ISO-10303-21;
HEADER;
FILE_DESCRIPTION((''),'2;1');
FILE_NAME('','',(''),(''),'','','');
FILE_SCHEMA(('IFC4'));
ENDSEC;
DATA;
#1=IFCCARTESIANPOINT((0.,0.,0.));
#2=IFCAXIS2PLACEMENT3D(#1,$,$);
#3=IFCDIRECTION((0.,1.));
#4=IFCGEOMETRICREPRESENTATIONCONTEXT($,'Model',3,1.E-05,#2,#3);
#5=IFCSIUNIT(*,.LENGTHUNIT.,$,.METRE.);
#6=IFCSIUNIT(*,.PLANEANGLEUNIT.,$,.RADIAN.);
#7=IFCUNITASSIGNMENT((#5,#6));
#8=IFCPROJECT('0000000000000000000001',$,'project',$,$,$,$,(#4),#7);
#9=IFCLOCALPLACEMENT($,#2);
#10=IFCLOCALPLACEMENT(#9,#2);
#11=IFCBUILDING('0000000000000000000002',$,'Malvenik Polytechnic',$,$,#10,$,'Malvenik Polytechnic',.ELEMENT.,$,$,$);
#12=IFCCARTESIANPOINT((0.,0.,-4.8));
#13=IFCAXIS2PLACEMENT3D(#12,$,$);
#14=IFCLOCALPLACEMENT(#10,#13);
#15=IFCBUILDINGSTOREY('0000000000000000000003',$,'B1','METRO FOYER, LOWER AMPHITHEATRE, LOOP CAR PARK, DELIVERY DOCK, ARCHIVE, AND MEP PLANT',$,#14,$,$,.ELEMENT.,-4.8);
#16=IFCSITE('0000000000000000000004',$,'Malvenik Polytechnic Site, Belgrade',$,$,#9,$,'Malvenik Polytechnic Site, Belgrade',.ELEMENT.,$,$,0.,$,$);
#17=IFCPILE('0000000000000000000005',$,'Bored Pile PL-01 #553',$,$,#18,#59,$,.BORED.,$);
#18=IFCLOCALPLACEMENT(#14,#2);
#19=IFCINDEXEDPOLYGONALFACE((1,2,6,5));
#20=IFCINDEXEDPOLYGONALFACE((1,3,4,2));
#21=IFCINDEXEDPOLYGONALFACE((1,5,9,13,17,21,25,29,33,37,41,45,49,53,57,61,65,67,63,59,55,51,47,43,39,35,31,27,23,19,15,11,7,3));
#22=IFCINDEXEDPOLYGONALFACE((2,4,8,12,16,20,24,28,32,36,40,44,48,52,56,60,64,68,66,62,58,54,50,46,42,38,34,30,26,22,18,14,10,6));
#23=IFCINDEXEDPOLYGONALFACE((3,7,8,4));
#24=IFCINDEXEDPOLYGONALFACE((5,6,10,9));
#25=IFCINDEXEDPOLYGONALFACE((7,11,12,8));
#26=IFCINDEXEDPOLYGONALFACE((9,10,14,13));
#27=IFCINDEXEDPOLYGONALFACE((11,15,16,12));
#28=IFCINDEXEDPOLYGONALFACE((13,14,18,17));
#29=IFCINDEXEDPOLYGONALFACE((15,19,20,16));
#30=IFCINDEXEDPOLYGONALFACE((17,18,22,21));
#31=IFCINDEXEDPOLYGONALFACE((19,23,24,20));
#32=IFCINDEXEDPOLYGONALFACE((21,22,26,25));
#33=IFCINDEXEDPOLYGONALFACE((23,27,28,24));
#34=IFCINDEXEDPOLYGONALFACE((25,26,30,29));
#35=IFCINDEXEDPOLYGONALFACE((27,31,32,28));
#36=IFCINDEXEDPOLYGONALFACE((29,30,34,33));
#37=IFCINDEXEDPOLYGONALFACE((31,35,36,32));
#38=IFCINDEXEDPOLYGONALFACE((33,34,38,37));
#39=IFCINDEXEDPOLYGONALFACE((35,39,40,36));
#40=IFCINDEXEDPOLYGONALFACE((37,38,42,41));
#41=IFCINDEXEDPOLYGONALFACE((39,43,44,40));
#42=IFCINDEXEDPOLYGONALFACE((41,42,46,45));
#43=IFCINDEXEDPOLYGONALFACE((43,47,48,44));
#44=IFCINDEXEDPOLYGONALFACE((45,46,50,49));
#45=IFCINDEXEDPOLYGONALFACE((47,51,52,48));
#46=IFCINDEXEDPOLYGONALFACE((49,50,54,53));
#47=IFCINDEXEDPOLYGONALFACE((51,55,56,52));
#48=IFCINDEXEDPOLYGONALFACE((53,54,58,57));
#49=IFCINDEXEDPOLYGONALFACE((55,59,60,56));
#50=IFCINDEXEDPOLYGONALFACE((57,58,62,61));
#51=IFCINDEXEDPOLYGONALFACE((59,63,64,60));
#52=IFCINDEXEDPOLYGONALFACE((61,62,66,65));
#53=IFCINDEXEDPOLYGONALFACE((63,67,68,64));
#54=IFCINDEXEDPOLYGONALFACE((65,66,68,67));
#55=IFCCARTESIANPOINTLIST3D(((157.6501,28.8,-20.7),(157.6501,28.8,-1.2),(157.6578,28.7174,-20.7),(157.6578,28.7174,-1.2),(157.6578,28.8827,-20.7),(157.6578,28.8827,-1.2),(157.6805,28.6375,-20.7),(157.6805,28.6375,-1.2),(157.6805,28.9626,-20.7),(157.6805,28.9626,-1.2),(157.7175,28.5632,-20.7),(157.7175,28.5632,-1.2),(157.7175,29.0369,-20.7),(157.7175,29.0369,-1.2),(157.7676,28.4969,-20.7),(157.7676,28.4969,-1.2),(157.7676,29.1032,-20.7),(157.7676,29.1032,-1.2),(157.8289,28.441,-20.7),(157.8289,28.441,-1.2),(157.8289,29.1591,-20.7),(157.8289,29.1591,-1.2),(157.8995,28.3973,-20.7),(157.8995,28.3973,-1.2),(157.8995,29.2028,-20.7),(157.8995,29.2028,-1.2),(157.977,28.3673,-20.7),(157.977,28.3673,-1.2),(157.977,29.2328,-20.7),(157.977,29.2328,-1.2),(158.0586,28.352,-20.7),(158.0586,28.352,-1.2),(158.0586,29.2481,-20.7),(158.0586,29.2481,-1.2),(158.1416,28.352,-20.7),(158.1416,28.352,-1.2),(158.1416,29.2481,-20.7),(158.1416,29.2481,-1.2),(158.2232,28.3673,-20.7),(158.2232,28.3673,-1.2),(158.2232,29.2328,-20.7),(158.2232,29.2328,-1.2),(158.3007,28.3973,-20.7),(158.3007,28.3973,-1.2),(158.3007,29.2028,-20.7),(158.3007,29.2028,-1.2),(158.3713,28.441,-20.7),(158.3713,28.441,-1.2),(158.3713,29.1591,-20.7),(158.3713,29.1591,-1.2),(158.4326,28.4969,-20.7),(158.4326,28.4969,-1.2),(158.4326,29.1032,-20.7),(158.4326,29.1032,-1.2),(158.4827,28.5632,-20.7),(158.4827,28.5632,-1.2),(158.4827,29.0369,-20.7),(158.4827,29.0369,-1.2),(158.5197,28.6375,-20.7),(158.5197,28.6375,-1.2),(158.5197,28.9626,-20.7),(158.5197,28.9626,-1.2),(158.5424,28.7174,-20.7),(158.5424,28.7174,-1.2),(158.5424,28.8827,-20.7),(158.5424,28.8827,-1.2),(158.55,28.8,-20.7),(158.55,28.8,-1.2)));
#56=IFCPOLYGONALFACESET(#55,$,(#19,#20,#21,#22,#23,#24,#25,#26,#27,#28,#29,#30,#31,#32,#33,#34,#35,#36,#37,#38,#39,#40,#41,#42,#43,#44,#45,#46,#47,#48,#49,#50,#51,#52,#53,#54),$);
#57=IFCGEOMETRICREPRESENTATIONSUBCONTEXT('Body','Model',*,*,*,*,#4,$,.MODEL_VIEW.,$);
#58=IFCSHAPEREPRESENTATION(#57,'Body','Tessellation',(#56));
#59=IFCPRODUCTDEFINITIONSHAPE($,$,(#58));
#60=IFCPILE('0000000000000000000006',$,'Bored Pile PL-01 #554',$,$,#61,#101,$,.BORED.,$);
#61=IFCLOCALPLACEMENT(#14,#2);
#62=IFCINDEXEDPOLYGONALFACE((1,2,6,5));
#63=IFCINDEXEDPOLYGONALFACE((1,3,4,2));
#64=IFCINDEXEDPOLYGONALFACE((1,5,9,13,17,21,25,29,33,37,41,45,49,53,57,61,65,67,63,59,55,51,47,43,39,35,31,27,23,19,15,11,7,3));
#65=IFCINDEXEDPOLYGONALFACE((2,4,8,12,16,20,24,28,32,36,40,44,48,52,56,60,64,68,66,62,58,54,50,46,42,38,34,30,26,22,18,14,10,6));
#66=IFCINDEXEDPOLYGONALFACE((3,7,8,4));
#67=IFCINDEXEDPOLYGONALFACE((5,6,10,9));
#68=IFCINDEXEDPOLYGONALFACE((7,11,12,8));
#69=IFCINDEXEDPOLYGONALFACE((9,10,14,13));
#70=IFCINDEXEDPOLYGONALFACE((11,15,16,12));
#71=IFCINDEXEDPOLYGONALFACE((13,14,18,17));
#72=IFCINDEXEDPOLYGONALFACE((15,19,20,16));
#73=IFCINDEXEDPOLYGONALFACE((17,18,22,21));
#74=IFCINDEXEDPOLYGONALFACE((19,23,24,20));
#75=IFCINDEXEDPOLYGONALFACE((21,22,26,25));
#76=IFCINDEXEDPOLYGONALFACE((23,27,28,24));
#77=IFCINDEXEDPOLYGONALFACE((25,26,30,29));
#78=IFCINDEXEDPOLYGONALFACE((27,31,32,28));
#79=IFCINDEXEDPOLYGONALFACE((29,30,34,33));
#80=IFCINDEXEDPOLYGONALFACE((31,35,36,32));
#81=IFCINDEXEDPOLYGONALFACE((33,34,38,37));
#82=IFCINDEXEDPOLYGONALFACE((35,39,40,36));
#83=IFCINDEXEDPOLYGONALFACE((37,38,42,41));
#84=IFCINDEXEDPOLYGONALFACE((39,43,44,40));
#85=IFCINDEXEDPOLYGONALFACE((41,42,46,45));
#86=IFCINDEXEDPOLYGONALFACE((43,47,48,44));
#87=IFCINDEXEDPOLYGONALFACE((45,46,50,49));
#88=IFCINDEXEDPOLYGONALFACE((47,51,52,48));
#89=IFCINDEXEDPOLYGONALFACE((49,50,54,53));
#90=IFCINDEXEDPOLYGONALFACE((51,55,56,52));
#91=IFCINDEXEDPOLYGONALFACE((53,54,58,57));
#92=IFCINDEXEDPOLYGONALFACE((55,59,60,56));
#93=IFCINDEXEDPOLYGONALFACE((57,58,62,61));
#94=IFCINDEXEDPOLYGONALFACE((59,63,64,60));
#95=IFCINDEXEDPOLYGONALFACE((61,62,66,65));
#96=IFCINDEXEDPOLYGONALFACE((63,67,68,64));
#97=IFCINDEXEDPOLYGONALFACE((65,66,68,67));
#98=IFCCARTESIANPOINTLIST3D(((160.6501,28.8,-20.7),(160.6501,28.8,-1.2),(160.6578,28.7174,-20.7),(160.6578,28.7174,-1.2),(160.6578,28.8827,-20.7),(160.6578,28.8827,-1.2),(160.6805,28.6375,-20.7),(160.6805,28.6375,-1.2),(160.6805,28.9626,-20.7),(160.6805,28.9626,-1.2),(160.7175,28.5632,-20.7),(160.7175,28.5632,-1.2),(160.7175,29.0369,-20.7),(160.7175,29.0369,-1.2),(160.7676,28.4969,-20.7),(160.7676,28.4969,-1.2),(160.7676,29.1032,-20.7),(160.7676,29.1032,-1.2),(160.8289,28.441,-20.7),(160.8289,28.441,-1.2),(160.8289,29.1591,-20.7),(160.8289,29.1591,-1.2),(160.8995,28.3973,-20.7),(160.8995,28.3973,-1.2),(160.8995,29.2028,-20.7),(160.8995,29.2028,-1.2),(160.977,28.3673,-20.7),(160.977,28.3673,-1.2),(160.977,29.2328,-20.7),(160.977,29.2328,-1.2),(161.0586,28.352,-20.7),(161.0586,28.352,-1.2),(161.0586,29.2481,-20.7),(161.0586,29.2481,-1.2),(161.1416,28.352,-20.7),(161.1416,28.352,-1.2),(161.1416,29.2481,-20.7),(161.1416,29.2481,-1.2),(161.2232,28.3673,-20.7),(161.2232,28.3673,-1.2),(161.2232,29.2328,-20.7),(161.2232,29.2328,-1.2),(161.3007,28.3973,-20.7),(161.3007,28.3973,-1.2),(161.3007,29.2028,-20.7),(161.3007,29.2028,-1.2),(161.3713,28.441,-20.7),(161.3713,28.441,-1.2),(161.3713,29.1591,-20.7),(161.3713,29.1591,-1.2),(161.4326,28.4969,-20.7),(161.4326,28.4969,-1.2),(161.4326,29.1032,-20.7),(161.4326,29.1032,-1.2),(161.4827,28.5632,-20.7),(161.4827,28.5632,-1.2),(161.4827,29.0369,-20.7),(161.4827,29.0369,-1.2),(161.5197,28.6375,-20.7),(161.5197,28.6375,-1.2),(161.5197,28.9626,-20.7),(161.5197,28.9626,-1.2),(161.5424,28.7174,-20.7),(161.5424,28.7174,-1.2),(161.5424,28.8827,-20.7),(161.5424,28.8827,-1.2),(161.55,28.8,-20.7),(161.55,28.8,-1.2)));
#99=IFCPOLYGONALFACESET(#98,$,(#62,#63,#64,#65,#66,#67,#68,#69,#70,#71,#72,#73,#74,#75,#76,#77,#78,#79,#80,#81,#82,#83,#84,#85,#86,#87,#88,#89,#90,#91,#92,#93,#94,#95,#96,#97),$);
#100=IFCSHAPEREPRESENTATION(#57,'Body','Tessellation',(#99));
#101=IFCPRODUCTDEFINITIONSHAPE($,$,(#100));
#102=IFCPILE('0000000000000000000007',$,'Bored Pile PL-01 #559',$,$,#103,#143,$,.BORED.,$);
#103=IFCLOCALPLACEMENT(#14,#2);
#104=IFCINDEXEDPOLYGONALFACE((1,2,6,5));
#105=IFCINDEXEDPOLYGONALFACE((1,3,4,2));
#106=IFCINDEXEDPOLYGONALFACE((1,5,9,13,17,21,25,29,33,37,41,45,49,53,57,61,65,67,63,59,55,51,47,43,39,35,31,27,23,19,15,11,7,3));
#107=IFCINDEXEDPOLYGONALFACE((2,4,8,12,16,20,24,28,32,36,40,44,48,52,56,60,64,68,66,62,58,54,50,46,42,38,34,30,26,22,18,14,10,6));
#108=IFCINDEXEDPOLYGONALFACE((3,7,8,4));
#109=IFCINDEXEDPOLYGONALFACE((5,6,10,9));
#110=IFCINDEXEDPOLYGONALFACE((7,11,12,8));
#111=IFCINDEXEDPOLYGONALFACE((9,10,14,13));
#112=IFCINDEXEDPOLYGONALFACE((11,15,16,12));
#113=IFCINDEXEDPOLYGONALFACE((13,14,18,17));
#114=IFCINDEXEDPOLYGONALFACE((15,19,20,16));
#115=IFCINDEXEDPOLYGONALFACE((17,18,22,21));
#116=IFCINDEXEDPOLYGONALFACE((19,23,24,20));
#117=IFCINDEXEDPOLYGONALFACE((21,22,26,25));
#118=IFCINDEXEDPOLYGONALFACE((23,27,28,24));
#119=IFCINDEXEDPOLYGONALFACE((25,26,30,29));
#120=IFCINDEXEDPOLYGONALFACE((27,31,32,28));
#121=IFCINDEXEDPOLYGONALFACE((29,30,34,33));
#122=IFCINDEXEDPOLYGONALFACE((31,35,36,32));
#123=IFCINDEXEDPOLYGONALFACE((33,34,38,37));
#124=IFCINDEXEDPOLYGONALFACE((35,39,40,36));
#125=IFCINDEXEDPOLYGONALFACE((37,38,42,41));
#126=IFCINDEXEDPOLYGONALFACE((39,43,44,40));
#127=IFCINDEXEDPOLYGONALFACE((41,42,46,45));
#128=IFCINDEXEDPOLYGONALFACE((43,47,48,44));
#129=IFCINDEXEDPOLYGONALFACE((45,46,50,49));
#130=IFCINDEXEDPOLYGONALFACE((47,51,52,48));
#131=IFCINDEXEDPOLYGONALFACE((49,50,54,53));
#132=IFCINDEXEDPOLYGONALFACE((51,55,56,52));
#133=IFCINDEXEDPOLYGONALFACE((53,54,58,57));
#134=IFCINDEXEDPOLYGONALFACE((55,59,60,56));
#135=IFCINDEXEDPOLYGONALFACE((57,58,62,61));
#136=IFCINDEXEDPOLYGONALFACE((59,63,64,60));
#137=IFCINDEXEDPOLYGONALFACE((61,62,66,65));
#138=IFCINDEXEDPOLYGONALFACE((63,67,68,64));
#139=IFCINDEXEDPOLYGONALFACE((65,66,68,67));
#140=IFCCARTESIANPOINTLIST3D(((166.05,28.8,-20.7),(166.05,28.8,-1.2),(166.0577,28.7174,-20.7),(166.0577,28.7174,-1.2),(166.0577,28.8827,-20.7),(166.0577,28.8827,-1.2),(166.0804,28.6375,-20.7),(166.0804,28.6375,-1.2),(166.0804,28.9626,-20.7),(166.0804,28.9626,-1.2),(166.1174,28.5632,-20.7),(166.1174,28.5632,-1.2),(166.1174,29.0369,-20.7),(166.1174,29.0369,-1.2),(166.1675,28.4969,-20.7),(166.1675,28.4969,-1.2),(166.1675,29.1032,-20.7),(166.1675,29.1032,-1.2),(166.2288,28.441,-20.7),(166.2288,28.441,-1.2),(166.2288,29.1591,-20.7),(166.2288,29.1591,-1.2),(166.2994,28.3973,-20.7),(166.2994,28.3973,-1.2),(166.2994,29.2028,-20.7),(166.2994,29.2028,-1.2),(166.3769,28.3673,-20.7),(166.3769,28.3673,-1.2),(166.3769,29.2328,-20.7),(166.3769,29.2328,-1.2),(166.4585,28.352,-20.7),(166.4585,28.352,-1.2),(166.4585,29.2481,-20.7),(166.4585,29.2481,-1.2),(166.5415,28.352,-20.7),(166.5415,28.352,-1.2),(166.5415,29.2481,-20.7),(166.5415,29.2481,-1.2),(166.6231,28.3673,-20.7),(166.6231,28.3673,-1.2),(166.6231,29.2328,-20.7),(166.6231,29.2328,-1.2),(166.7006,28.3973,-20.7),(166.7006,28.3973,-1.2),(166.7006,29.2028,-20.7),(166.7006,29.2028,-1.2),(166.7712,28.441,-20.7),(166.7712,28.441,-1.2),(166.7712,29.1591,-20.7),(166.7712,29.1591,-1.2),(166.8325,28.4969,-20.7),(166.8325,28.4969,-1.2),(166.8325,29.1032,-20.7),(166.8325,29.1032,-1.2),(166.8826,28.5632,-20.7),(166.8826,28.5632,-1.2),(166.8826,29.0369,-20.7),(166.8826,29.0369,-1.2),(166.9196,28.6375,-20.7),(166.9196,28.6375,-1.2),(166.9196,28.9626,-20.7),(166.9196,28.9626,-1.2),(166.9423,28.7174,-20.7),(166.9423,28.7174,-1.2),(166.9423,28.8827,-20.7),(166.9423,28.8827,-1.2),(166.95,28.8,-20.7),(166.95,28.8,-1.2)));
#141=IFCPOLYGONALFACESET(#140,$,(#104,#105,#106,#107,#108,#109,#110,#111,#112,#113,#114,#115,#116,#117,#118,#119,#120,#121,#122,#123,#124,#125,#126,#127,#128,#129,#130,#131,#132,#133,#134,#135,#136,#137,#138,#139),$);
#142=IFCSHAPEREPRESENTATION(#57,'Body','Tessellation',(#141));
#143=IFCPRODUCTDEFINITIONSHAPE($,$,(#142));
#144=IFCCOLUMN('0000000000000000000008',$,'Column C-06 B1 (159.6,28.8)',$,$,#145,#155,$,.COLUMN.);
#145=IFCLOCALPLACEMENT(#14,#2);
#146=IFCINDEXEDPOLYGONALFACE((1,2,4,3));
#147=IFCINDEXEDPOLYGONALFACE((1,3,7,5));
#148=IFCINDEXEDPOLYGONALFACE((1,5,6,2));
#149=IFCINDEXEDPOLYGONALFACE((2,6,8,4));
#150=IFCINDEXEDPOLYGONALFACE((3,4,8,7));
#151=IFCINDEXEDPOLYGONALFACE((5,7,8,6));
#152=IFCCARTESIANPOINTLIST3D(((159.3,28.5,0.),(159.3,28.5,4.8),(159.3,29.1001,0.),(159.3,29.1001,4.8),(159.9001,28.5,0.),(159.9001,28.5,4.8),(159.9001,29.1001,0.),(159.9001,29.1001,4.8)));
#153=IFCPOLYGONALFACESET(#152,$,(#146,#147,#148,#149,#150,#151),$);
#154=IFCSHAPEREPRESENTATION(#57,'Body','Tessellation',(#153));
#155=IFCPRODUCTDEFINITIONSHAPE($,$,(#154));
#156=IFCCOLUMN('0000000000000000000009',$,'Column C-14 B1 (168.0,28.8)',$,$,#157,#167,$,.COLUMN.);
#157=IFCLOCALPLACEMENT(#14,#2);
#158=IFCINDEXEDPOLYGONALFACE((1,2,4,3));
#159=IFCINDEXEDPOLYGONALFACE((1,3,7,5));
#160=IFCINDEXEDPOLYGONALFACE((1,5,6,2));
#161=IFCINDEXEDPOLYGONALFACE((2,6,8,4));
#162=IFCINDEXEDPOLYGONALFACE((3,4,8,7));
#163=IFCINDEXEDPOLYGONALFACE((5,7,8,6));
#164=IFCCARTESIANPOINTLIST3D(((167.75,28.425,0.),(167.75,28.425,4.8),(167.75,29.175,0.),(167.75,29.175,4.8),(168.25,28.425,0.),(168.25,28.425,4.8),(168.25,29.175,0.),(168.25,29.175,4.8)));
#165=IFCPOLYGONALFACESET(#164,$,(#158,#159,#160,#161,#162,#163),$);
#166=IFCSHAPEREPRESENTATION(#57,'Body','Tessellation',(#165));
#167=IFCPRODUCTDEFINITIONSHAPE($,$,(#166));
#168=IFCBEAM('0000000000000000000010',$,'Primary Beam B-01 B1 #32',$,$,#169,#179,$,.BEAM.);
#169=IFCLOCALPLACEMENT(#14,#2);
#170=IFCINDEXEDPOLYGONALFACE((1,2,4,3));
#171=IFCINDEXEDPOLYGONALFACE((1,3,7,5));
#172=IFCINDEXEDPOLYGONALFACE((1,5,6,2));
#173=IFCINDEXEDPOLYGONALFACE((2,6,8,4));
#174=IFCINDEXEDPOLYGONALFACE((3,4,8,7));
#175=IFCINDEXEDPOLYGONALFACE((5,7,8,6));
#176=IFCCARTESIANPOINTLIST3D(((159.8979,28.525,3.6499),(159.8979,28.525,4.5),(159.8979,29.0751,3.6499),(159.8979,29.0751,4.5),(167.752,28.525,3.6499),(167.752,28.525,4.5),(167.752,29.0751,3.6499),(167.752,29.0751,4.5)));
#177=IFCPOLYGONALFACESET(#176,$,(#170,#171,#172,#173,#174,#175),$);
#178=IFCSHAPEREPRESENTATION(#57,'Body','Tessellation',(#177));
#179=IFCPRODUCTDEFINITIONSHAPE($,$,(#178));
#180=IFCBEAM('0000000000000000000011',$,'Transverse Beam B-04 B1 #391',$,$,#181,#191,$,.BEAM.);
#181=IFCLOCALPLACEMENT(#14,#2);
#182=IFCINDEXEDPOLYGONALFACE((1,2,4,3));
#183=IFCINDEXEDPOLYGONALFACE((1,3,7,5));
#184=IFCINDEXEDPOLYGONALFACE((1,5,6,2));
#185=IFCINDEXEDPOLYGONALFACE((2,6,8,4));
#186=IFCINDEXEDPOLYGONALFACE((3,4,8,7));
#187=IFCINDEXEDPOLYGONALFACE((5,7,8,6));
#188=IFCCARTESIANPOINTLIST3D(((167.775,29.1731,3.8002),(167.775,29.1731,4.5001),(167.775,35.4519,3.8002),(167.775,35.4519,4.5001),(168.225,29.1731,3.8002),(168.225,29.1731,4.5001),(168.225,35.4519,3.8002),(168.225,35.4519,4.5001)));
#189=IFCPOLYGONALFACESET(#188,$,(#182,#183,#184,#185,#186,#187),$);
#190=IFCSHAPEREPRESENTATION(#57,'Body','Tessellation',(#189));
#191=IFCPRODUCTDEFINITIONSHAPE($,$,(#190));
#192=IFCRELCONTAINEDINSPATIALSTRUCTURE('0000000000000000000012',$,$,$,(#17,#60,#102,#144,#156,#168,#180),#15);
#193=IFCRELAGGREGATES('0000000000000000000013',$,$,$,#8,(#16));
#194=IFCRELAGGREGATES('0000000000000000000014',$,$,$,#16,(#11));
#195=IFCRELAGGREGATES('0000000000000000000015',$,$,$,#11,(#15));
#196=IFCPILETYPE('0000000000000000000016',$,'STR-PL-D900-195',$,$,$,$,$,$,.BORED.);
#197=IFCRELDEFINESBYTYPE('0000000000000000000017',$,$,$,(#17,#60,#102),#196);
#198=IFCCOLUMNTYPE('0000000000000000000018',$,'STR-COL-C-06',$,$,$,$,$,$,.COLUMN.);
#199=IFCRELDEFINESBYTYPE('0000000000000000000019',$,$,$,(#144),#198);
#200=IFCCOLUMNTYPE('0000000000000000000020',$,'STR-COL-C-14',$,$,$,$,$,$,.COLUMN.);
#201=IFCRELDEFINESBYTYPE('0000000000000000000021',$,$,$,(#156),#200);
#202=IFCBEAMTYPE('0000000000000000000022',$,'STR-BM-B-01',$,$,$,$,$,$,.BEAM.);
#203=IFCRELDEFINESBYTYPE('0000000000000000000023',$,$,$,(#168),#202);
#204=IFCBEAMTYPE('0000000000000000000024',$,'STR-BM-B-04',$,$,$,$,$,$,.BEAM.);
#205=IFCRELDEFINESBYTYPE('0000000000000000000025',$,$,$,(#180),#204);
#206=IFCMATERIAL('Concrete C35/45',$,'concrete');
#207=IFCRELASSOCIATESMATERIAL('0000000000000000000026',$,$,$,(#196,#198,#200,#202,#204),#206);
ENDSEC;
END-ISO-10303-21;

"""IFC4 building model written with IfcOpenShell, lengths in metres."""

from ifc_helpers import new_model, si_unit, direction, frame, origin, origin_2d, place, context, subcontext, project, spatial, rectangle, circle, extrude, material, material_profile, profile_set, type_object, element, save


model = new_model("IFC4")

# Units and contexts
model_context = context("Model", 3, precision=1e-05, world=origin(), true_north=direction((0.0, 1.0)))
body_context = subcontext(model_context, "Body", "Model", "MODEL_VIEW")
ifc_project = project(units=[si_unit("LENGTHUNIT", "METRE"), si_unit("PLANEANGLEUNIT", "RADIAN")], contexts=[model_context])

# Site, building, storey
site_placement = place(None, origin())
site = spatial("IfcSite", under=ifc_project, at=site_placement, Name="Malvenik Polytechnic Site, Belgrade", LongName="Malvenik Polytechnic Site, Belgrade", CompositionType="ELEMENT", RefElevation=0.0)
building_placement = place(site_placement, origin())
building = spatial("IfcBuilding", under=site, at=building_placement, Name="Malvenik Polytechnic", LongName="Malvenik Polytechnic", CompositionType="ELEMENT")
storey_placement = place(building_placement, frame((0.0, 0.0, -4.8)))
storey = spatial("IfcBuildingStorey", under=building, at=storey_placement, Name="B1", Description="METRO FOYER, LOWER AMPHITHEATRE, LOOP CAR PARK, DELIVERY DOCK, ARCHIVE, AND MEP PLANT", CompositionType="ELEMENT", Elevation=-4.8)

# Shared definitions
ifc_material_1 = material(Name="Concrete C35/45", Category="concrete")

# Piles
ifc_material_profile_1 = material_profile(ifc_material_1, circle(Radius=0.45, at=origin_2d()), Name="BORED PILE D900")
ifc_profile_set_1 = profile_set([ifc_material_profile_1], Name="Concrete C35/45")
pile_type_1 = type_object("IfcPileType", Name="STR-PL-D900-195", PredefinedType="BORED", material=ifc_profile_set_1)
for number, where, z_axis, x_axis, name in (
    (1, (158.1001, 28.8, -1.2), (0.0, 0.0, -1.0), (1.0, 0.0, 0.0), "Bored Pile PL-01 #553"),
    (2, (161.1001, 28.8, -1.2), (0.0, 0.0, -1.0), (1.0, 0.0, 0.0), "Bored Pile PL-01 #554"),
    (3, (166.5, 28.8, -1.2), (0.0, 0.0, -1.0), (1.0, 0.0, 0.0), "Bored Pile PL-01 #559"),
):
    element("IfcPile", number, at=place(storey_placement, frame(where, z_axis=z_axis, x_axis=x_axis)), inside=storey, type_object=pile_type_1, Name=name, PredefinedType="BORED", context=body_context, shape_type="SweptSolid", body=[
        extrude(circle(Radius=0.45, at=origin_2d()), origin(), (0.0, 0.0, 1.0), 19.5),
    ])

# Columns
ifc_material_profile_2 = material_profile(ifc_material_1, rectangle(XDim=0.6001, YDim=0.6001, at=origin_2d()), Name="RC COL 600x600")
ifc_profile_set_2 = profile_set([ifc_material_profile_2], Name="Concrete C35/45")
column_type_1 = type_object("IfcColumnType", Name="STR-COL-C-06", PredefinedType="COLUMN", material=ifc_profile_set_2)
column_1_placement = place(storey_placement, frame((159.6001, 28.8, 0.0), z_axis=(0.0, 0.0, 1.0), x_axis=(1.0, 0.0, 0.0)))
element("IfcColumn", 4, at=column_1_placement, inside=storey, type_object=column_type_1, Name="Column C-06 B1 (159.6,28.8)", PredefinedType="COLUMN", context=body_context, shape_type="SweptSolid", body=[
    extrude(rectangle(XDim=0.6001, YDim=0.6001, at=origin_2d()), origin(), (0.0, 0.0, 1.0), 4.8),
])
ifc_material_profile_3 = material_profile(ifc_material_1, rectangle(XDim=0.5, YDim=0.75, at=origin_2d()), Name="RC COL 750x500")
ifc_profile_set_3 = profile_set([ifc_material_profile_3], Name="Concrete C35/45")
column_type_2 = type_object("IfcColumnType", Name="STR-COL-C-14", PredefinedType="COLUMN", material=ifc_profile_set_3)
column_2_placement = place(storey_placement, frame((168.0, 28.8, 0.0), z_axis=(0.0, 0.0, 1.0), x_axis=(1.0, 0.0, 0.0)))
element("IfcColumn", 5, at=column_2_placement, inside=storey, type_object=column_type_2, Name="Column C-14 B1 (168.0,28.8)", PredefinedType="COLUMN", context=body_context, shape_type="SweptSolid", body=[
    extrude(rectangle(XDim=0.5, YDim=0.75, at=origin_2d()), origin(), (0.0, 0.0, 1.0), 4.8),
])

# Beams
ifc_material_profile_4 = material_profile(ifc_material_1, rectangle(XDim=0.55, YDim=0.8501, at=origin_2d()), Name="RC BM 550x850")
ifc_profile_set_4 = profile_set([ifc_material_profile_4], Name="Concrete C35/45")
beam_type_1 = type_object("IfcBeamType", Name="STR-BM-B-01", PredefinedType="BEAM", material=ifc_profile_set_4)
beam_1_placement = place(storey_placement, frame((159.8979, 28.8, 4.075), z_axis=(1.0, 0.0, 0.0), x_axis=(0.0, 1.0, 0.0)))
element("IfcBeam", 6, at=beam_1_placement, inside=storey, type_object=beam_type_1, Name="Primary Beam B-01 B1 #32", PredefinedType="BEAM", context=body_context, shape_type="SweptSolid", body=[
    extrude(rectangle(XDim=0.55, YDim=0.8501, at=origin_2d()), origin(), (0.0, 0.0, 1.0), 7.854),
])
ifc_material_profile_5 = material_profile(ifc_material_1, rectangle(XDim=0.45, YDim=0.7, at=origin_2d()), Name="RC BM 450x700")
ifc_profile_set_5 = profile_set([ifc_material_profile_5], Name="Concrete C35/45")
beam_type_2 = type_object("IfcBeamType", Name="STR-BM-B-04", PredefinedType="BEAM", material=ifc_profile_set_5)
beam_2_placement = place(storey_placement, frame((168.0, 29.1731, 4.1501), z_axis=(0.0, 1.0, 0.0), x_axis=(-1.0, 0.0, 0.0)))
element("IfcBeam", 7, at=beam_2_placement, inside=storey, type_object=beam_type_2, Name="Transverse Beam B-04 B1 #391", PredefinedType="BEAM", context=body_context, shape_type="SweptSolid", body=[
    extrude(rectangle(XDim=0.45, YDim=0.7, at=origin_2d()), origin(), (0.0, 0.0, 1.0), 6.2788),
])

save(model, "model.ifc")
